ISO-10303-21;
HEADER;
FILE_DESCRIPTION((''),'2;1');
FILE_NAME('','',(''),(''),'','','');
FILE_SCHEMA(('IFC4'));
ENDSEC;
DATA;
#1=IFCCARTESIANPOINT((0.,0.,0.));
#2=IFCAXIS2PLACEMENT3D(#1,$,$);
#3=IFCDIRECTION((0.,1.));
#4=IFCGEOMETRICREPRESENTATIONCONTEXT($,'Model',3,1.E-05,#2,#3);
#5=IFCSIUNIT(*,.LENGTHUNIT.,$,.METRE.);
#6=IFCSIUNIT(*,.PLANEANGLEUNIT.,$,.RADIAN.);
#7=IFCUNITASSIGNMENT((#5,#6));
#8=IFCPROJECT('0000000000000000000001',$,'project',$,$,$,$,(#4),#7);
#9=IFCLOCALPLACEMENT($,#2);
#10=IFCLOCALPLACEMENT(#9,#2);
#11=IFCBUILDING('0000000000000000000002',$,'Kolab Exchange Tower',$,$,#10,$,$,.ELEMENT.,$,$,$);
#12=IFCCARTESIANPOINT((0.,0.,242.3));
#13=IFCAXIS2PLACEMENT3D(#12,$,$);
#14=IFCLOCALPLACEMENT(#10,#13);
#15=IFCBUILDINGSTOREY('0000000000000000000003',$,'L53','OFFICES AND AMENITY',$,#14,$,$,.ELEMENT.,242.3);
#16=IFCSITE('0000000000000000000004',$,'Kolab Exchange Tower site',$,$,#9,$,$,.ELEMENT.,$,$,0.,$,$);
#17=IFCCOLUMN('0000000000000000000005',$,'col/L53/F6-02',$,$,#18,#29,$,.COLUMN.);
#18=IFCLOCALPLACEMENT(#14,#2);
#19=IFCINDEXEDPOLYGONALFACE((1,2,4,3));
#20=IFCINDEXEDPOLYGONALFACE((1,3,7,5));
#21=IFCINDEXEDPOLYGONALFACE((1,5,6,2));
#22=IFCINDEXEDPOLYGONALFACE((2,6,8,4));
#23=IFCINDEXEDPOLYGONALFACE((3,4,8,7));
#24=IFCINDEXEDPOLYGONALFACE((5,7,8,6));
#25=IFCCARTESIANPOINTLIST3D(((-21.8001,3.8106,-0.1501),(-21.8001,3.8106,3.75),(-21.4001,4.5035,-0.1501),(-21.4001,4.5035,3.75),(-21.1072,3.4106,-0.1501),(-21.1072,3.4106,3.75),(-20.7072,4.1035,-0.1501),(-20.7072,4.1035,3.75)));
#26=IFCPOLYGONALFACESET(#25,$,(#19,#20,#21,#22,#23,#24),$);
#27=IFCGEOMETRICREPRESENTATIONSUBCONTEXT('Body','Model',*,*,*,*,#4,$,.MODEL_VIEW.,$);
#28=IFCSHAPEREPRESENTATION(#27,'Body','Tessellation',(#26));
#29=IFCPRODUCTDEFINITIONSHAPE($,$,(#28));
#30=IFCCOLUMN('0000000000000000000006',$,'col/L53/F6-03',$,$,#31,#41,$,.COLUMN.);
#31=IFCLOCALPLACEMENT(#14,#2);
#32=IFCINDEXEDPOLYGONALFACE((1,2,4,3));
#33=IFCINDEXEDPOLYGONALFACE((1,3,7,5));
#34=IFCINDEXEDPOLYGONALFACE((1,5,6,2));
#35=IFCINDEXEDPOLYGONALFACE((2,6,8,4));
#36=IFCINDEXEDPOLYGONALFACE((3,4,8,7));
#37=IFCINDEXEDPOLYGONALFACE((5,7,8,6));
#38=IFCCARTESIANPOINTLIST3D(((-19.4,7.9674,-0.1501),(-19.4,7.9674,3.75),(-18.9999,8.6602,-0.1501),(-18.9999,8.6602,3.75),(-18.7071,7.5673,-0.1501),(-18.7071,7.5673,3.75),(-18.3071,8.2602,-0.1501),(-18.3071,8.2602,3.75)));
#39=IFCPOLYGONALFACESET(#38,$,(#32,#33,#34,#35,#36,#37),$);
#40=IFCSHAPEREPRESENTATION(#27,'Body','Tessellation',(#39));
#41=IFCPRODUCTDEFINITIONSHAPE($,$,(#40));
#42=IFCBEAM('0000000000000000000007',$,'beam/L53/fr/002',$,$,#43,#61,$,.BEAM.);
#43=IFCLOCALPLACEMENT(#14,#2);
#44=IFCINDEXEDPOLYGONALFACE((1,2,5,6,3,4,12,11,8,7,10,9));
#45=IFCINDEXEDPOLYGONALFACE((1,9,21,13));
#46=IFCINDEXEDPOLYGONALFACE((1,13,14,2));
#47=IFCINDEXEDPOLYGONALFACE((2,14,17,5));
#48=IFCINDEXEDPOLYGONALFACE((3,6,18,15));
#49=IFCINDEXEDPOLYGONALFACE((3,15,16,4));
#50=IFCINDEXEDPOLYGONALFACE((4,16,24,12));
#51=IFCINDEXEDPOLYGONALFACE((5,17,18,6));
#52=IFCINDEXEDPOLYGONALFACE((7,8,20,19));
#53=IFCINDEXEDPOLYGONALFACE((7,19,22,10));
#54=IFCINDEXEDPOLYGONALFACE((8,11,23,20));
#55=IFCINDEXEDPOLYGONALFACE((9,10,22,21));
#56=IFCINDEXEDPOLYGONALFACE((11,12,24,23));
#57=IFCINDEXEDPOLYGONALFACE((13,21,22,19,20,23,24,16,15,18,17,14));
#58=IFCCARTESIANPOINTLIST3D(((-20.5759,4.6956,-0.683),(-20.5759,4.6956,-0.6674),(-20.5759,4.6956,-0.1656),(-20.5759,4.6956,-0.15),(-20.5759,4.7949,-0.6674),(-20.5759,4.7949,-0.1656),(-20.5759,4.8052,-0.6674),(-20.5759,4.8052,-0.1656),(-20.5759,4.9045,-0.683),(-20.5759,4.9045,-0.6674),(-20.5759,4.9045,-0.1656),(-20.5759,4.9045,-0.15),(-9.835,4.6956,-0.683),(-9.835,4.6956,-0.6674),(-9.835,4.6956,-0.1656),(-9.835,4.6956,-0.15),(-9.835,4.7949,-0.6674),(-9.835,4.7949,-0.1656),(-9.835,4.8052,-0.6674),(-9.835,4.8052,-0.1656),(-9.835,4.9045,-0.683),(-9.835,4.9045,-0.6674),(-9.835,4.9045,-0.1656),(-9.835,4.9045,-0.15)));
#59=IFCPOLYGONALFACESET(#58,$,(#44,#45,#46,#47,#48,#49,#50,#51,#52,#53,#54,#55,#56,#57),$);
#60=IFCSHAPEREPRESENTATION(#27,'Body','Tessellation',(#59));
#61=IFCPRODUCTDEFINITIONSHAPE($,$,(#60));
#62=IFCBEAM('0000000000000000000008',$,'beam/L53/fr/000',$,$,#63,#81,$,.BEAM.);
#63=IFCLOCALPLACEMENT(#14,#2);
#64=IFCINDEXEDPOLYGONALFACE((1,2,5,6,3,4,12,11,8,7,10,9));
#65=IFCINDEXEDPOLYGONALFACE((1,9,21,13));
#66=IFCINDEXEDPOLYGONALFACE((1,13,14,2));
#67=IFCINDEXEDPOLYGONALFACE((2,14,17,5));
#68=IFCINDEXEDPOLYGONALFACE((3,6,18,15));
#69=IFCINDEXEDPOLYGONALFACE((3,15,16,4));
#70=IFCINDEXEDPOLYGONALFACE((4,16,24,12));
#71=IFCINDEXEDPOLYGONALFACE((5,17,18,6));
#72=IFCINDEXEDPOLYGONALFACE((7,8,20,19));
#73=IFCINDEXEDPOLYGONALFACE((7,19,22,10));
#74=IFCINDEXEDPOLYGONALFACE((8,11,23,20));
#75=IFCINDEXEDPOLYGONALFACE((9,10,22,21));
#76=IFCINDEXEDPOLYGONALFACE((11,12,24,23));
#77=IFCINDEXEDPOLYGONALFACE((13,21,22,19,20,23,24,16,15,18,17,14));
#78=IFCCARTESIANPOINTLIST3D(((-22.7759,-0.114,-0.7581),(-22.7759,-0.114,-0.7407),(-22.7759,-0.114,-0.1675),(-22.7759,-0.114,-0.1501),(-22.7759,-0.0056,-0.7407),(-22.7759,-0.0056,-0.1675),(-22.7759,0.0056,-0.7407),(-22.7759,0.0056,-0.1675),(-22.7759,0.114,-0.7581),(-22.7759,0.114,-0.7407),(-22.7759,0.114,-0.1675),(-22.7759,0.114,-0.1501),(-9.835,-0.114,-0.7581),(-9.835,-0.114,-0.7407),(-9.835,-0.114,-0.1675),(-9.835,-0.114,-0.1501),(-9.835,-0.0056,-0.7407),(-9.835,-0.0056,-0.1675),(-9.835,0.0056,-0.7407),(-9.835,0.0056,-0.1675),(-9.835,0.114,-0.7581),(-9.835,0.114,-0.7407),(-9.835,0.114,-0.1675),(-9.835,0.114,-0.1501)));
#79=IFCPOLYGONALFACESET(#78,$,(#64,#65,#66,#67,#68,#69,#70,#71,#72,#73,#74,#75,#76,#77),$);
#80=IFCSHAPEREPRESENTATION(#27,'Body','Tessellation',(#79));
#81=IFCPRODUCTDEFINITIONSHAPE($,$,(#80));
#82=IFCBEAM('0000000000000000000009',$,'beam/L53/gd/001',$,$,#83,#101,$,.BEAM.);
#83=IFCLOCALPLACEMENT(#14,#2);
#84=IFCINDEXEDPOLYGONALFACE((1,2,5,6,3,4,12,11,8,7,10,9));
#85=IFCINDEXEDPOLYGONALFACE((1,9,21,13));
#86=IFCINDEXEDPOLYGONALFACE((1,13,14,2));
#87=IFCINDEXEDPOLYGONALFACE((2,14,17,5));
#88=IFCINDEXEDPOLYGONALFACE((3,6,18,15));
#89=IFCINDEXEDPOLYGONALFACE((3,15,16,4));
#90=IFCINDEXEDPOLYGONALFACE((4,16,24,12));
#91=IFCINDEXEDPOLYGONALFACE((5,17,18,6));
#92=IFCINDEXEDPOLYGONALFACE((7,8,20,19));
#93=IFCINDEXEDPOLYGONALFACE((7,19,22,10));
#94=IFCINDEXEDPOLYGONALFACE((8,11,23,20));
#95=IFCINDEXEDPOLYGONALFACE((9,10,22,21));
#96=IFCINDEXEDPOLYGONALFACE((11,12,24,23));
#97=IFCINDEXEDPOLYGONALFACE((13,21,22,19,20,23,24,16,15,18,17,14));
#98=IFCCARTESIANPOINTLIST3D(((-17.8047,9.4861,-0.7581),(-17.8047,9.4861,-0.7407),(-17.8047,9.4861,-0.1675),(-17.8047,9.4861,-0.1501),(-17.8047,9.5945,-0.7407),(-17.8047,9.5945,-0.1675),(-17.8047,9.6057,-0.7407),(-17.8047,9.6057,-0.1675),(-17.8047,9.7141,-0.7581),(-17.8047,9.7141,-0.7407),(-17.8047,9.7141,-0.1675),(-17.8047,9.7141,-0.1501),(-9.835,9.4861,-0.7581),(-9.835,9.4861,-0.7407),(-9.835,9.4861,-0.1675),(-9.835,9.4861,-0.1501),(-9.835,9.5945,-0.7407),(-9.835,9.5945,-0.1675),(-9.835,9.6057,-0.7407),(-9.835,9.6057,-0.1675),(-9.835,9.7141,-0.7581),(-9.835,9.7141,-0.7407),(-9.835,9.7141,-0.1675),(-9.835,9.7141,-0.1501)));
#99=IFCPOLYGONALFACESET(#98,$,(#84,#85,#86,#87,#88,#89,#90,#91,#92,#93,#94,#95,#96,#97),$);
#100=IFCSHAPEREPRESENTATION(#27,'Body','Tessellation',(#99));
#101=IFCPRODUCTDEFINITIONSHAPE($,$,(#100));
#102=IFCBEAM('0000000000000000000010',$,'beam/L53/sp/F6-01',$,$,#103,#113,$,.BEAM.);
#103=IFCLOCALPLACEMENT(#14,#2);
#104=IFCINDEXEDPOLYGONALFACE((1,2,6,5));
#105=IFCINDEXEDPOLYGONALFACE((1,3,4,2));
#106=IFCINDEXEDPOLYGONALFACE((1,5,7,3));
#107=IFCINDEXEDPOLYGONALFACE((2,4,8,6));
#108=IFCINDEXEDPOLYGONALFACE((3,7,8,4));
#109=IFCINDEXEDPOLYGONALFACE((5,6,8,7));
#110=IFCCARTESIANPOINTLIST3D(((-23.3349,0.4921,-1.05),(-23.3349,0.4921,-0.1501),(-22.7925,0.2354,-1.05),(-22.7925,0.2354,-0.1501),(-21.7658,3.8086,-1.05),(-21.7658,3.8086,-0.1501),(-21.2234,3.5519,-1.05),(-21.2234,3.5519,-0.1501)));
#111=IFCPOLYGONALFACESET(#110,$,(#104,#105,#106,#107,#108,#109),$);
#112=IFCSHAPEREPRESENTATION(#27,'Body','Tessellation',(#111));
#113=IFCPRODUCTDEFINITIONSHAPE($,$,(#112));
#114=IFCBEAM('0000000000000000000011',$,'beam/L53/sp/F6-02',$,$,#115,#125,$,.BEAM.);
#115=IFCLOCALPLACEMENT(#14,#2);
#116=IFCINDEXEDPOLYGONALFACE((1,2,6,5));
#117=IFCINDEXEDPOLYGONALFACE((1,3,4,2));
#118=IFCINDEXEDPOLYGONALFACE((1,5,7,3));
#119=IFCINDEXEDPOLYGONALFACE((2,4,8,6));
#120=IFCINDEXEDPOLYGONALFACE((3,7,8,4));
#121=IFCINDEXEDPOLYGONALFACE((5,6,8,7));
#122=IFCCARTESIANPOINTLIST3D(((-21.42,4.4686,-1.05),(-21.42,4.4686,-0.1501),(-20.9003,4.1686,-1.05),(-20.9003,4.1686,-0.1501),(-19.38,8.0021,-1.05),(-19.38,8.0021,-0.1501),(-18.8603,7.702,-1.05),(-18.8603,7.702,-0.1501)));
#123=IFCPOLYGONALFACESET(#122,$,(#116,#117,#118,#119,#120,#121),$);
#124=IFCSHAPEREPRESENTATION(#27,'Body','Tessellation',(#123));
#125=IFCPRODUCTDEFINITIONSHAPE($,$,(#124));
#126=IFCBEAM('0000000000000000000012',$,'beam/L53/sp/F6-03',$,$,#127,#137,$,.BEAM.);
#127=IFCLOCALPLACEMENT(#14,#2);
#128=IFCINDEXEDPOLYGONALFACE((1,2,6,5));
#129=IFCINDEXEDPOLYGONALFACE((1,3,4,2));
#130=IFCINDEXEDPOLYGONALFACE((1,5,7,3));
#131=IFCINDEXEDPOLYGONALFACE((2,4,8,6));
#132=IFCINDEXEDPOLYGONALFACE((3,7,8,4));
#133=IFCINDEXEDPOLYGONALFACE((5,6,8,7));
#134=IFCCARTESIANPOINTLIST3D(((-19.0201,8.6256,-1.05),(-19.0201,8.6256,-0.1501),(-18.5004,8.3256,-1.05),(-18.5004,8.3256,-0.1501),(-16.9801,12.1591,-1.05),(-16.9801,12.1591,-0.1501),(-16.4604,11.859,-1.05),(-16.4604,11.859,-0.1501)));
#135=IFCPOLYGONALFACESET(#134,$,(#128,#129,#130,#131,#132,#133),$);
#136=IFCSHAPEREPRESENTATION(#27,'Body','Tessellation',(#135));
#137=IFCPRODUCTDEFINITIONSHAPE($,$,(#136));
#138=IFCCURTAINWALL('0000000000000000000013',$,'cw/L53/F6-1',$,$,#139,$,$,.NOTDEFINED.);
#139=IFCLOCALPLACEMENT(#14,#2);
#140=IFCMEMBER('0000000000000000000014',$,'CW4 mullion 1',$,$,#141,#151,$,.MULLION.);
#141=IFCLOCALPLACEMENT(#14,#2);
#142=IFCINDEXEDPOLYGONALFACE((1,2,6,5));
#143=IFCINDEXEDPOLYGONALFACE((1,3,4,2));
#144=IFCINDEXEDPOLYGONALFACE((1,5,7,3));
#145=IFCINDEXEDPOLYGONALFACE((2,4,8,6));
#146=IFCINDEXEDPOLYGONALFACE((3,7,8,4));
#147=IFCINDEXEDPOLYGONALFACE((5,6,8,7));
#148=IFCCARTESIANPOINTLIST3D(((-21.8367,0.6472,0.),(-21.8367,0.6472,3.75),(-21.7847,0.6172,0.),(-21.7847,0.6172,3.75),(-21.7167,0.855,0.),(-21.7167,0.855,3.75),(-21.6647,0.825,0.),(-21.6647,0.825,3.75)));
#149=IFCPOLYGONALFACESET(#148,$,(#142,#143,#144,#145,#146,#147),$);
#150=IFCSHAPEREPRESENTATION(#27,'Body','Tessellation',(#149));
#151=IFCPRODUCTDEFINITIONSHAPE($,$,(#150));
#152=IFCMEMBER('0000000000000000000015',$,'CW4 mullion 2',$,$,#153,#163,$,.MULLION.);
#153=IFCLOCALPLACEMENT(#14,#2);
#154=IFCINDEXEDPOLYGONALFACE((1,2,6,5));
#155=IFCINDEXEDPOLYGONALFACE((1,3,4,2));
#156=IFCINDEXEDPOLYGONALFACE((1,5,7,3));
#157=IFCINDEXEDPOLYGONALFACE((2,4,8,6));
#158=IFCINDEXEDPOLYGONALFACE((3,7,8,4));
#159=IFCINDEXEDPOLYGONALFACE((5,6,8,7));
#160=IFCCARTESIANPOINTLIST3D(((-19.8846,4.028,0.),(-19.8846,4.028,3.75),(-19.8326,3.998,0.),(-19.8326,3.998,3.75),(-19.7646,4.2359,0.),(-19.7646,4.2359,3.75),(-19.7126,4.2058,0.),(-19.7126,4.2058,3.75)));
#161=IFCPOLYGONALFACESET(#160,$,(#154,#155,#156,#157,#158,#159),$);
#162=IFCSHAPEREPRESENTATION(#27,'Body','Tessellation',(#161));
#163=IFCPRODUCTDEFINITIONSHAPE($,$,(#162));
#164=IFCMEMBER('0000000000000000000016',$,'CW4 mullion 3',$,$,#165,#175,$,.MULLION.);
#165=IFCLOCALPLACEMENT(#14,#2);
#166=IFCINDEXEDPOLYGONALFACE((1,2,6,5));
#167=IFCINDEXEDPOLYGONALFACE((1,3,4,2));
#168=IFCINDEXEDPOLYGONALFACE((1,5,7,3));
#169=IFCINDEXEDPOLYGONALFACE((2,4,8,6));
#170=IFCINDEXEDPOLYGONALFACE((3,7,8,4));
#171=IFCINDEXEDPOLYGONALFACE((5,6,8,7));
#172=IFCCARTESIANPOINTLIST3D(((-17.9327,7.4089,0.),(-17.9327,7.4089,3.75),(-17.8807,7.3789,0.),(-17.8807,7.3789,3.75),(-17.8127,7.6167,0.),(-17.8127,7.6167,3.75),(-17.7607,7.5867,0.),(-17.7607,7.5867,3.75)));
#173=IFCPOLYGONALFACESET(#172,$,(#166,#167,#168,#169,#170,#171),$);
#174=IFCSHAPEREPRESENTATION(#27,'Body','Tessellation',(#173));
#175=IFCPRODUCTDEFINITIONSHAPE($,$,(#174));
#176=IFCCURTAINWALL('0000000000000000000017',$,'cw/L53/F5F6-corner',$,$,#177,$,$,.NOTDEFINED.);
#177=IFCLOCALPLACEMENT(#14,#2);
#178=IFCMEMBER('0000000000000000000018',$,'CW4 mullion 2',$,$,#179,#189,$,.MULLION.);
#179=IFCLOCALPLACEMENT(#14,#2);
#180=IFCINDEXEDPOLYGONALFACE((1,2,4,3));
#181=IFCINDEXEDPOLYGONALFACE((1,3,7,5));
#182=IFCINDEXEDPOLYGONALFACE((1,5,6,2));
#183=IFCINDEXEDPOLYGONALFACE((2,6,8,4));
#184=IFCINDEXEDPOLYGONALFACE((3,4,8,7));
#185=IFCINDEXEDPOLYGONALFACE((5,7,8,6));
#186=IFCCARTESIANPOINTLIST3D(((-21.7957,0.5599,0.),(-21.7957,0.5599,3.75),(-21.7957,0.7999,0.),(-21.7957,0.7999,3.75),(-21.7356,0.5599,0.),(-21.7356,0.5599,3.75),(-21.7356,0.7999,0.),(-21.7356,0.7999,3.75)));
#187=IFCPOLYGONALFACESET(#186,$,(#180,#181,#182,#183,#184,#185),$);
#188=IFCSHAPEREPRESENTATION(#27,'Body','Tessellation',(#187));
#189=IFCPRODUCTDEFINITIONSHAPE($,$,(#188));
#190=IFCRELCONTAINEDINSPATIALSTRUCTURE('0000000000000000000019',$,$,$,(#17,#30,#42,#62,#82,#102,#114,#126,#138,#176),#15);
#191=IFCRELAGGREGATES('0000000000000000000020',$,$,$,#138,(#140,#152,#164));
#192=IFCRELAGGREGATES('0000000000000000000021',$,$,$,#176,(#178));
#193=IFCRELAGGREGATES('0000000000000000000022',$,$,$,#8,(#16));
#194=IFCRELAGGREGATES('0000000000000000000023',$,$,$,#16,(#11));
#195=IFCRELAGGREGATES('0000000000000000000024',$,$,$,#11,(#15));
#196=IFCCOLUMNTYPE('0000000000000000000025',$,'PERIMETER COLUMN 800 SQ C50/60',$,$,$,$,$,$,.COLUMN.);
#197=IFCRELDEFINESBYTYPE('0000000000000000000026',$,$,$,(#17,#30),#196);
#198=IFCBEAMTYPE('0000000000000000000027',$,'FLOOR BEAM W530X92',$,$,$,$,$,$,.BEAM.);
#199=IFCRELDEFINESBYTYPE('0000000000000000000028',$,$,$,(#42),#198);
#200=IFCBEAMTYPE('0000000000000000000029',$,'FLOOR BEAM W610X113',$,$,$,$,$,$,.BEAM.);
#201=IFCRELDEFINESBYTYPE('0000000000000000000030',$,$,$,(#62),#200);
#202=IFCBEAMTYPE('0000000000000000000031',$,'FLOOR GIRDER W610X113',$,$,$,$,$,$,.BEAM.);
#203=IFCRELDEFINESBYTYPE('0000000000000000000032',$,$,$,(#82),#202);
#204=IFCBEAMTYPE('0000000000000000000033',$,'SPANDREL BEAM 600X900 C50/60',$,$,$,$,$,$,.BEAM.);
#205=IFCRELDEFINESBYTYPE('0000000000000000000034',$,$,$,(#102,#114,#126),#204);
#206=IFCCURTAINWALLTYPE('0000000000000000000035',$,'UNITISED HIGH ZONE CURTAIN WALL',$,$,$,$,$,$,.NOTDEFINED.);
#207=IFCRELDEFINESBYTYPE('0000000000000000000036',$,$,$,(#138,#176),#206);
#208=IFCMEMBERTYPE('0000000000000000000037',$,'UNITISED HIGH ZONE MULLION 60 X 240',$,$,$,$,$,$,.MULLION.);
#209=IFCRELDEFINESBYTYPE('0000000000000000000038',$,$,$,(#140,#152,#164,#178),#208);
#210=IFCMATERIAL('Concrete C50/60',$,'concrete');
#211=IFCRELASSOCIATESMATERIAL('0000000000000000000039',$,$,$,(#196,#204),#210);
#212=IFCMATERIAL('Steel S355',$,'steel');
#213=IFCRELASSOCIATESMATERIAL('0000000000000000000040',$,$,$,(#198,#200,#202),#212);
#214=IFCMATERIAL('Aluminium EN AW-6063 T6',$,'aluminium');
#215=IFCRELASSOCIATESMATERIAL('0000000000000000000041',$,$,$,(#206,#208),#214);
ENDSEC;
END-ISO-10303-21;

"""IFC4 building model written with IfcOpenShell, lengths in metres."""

from ifc_helpers import new_model, si_unit, direction, frame, origin, origin_2d, place, context, subcontext, project, spatial, rectangle, i_section, extrude, material, material_profile, profile_set, type_object, element, aggregate, save


model = new_model("IFC4")

# Units and contexts
model_context = context("Model", 3, precision=1e-05, world=origin(), true_north=direction((0.0, 1.0)))
body_context = subcontext(model_context, "Body", "Model", "MODEL_VIEW")
ifc_project = project(units=[si_unit("LENGTHUNIT", "METRE"), si_unit("PLANEANGLEUNIT", "RADIAN")], contexts=[model_context])

# Site, building, storey
site_placement = place(None, origin())
site = spatial("IfcSite", under=ifc_project, at=site_placement, Name="Kolab Exchange Tower site", CompositionType="ELEMENT", RefElevation=0.0)
building_placement = place(site_placement, origin())
building = spatial("IfcBuilding", under=site, at=building_placement, Name="Kolab Exchange Tower", CompositionType="ELEMENT")
storey_placement = place(building_placement, frame((0.0, 0.0, 242.3)))
storey = spatial("IfcBuildingStorey", under=building, at=storey_placement, Name="L53", Description="OFFICES AND AMENITY", CompositionType="ELEMENT", Elevation=242.3)

# Columns
ifc_material_1 = material(Name="Concrete C50/60", Category="concrete")
ifc_material_profile_1 = material_profile(ifc_material_1, rectangle(XDim=0.8, YDim=0.8, at=origin_2d()), Name="RC800")
ifc_profile_set_1 = profile_set([ifc_material_profile_1], Name="Concrete C50/60")
column_type = type_object("IfcColumnType", Name="PERIMETER COLUMN 800 SQ C50/60", PredefinedType="COLUMN", material=ifc_profile_set_1)
for number, where, z_axis, x_axis, name in (
    (1, (-21.2537, 3.957, -0.1501), (0.0, 0.0, 1.0), (0.5, 0.866025, 0.0), "col/L53/F6-02"),
    (2, (-18.8535, 8.1138, -0.1501), (0.0, 0.0, 1.0), (0.5, 0.866025, 0.0), "col/L53/F6-03"),
):
    element("IfcColumn", number, at=place(storey_placement, frame(where, z_axis=z_axis, x_axis=x_axis)), inside=storey, type_object=column_type, Name=name, PredefinedType="COLUMN", context=body_context, shape_type="SweptSolid", body=[
        extrude(rectangle(XDim=0.8, YDim=0.8, at=origin_2d()), origin(), (0.0, 0.0, 1.0), 3.9001),
    ])

# Beams
ifc_material_2 = material(Name="Steel S355", Category="steel")
ifc_material_profile_2 = material_profile(ifc_material_2, i_section(OverallWidth=0.209, OverallDepth=0.533, WebThickness=0.0103, FlangeThickness=0.0156, at=origin_2d()), Name="W530X92")
ifc_profile_set_2 = profile_set([ifc_material_profile_2], Name="Steel S355")
beam_type_1 = type_object("IfcBeamType", Name="FLOOR BEAM W530X92", PredefinedType="BEAM", material=ifc_profile_set_2)
beam_1_placement = place(storey_placement, frame((-20.5759, 4.8, -0.4165), z_axis=(1.0, 0.0, 0.0), x_axis=(0.0, 1.0, 0.0)))
element("IfcBeam", 3, at=beam_1_placement, inside=storey, type_object=beam_type_1, Name="beam/L53/fr/002", PredefinedType="BEAM", context=body_context, shape_type="SweptSolid", body=[
    extrude(i_section(OverallWidth=0.209, OverallDepth=0.533, WebThickness=0.0103, FlangeThickness=0.0156, at=origin_2d()), origin(), (0.0, 0.0, 1.0), 10.741),
])
ifc_material_profile_3 = material_profile(ifc_material_2, i_section(OverallWidth=0.228, OverallDepth=0.6079, WebThickness=0.0112, FlangeThickness=0.0173, at=origin_2d()), Name="W610X113")
ifc_profile_set_3 = profile_set([ifc_material_profile_3], Name="Steel S355")
beam_type_2 = type_object("IfcBeamType", Name="FLOOR BEAM W610X113", PredefinedType="BEAM", material=ifc_profile_set_3)
beam_2_placement = place(storey_placement, frame((-22.7759, 0.0, -0.4541), z_axis=(1.0, 0.0, 0.0), x_axis=(0.0, 1.0, 0.0)))
element("IfcBeam", 4, at=beam_2_placement, inside=storey, type_object=beam_type_2, Name="beam/L53/fr/000", PredefinedType="BEAM", context=body_context, shape_type="SweptSolid", body=[
    extrude(i_section(OverallWidth=0.228, OverallDepth=0.6079, WebThickness=0.0112, FlangeThickness=0.0173, at=origin_2d()), origin(), (0.0, 0.0, 1.0), 12.9409),
])
ifc_material_profile_4 = material_profile(ifc_material_2, i_section(OverallWidth=0.228, OverallDepth=0.6079, WebThickness=0.0112, FlangeThickness=0.0173, at=origin_2d()), Name="W610X113")
ifc_profile_set_4 = profile_set([ifc_material_profile_4], Name="Steel S355")
beam_type_3 = type_object("IfcBeamType", Name="FLOOR GIRDER W610X113", PredefinedType="BEAM", material=ifc_profile_set_4)
beam_3_placement = place(storey_placement, frame((-17.8047, 9.6001, -0.4541), z_axis=(1.0, 0.0, 0.0), x_axis=(0.0, 1.0, 0.0)))
element("IfcBeam", 5, at=beam_3_placement, inside=storey, type_object=beam_type_3, Name="beam/L53/gd/001", PredefinedType="BEAM", context=body_context, shape_type="SweptSolid", body=[
    extrude(i_section(OverallWidth=0.228, OverallDepth=0.6079, WebThickness=0.0112, FlangeThickness=0.0173, at=origin_2d()), origin(), (0.0, 0.0, 1.0), 7.9697),
])
ifc_material_profile_5 = material_profile(ifc_material_1, rectangle(XDim=0.6001, YDim=0.8999, at=origin_2d()), Name="RC600X900")
ifc_profile_set_5 = profile_set([ifc_material_profile_5], Name="Concrete C50/60")
beam_type_4 = type_object("IfcBeamType", Name="SPANDREL BEAM 600X900 C50/60", PredefinedType="BEAM", material=ifc_profile_set_5)
beam_4_placement = place(storey_placement, frame((-23.0637, 0.3638, -0.6001), z_axis=(0.427677, 0.903932, 0.0), x_axis=(-0.903932, 0.427677, 0.0)))
element("IfcBeam", 6, at=beam_4_placement, inside=storey, type_object=beam_type_4, Name="beam/L53/sp/F6-01", PredefinedType="BEAM", context=body_context, shape_type="SweptSolid", body=[
    extrude(rectangle(XDim=0.6001, YDim=0.8999, at=origin_2d()), origin(), (0.0, 0.0, 1.0), 3.6689),
])
for number, where, z_axis, x_axis, name in (
    (7, (-21.1602, 4.3186, -0.6001), (0.5, 0.866025, 0.0), (-0.866025, 0.5, 0.0), "beam/L53/sp/F6-02"),
    (8, (-18.7603, 8.4756, -0.6001), (0.5, 0.866025, 0.0), (-0.866025, 0.5, 0.0), "beam/L53/sp/F6-03"),
):
    element("IfcBeam", number, at=place(storey_placement, frame(where, z_axis=z_axis, x_axis=x_axis)), inside=storey, type_object=beam_type_4, Name=name, PredefinedType="BEAM", context=body_context, shape_type="SweptSolid", body=[
        extrude(rectangle(XDim=0.6001, YDim=0.8999, at=origin_2d()), origin(), (0.0, 0.0, 1.0), 4.0801),
    ])

# Curtain wall, members
ifc_material_3 = material(Name="Aluminium EN AW-6063 T6", Category="aluminium")
curtain_wall_type = type_object("IfcCurtainWallType", Name="UNITISED HIGH ZONE CURTAIN WALL", PredefinedType="NOTDEFINED", material=ifc_material_3)
curtain_wall_1_placement = place(storey_placement, origin())
curtain_wall_1 = element("IfcCurtainWall", 9, at=curtain_wall_1_placement, inside=storey, type_object=curtain_wall_type, Name="cw/L53/F6-1", PredefinedType="NOTDEFINED")
ifc_material_profile_6 = material_profile(ifc_material_3, rectangle(XDim=0.0601, YDim=0.24, at=origin_2d()), Name="RECT 60X240")
ifc_profile_set_6 = profile_set([ifc_material_profile_6], Name="Aluminium EN AW-6063 T6")
member_type_1 = type_object("IfcMemberType", Name="UNITISED HIGH ZONE MULLION 60 X 240", PredefinedType="MULLION", material=ifc_profile_set_6)
member_1_placement = place(storey_placement, frame((-21.7507, 0.7361, 0.0), z_axis=(0.0, 0.0, 1.0), x_axis=(-0.866025, 0.5, 0.0)))
member_1 = element("IfcMember", 10, at=member_1_placement, type_object=member_type_1, Name="CW4 mullion 1", PredefinedType="MULLION", context=body_context, shape_type="SweptSolid", body=[
    extrude(rectangle(XDim=0.0601, YDim=0.24, at=origin_2d()), origin(), (0.0, 0.0, 1.0), 3.75),
])
member_2_placement = place(storey_placement, frame((-19.7986, 4.1169, 0.0), z_axis=(0.0, 0.0, 1.0), x_axis=(-0.866025, 0.5, 0.0)))
member_2 = element("IfcMember", 11, at=member_2_placement, type_object=member_type_1, Name="CW4 mullion 2", PredefinedType="MULLION", context=body_context, shape_type="SweptSolid", body=[
    extrude(rectangle(XDim=0.0601, YDim=0.24, at=origin_2d()), origin(), (0.0, 0.0, 1.0), 3.75),
])
member_3_placement = place(storey_placement, frame((-17.8467, 7.4978, 0.0), z_axis=(0.0, 0.0, 1.0), x_axis=(-0.866025, 0.5, 0.0)))
member_3 = element("IfcMember", 12, at=member_3_placement, type_object=member_type_1, Name="CW4 mullion 3", PredefinedType="MULLION", context=body_context, shape_type="SweptSolid", body=[
    extrude(rectangle(XDim=0.0601, YDim=0.24, at=origin_2d()), origin(), (0.0, 0.0, 1.0), 3.75),
])

# Curtain wall, member
curtain_wall_2_placement = place(storey_placement, origin())
curtain_wall_2 = element("IfcCurtainWall", 13, at=curtain_wall_2_placement, inside=storey, type_object=curtain_wall_type, Name="cw/L53/F5F6-corner", PredefinedType="NOTDEFINED")
member_4_placement = place(storey_placement, frame((-21.7656, 0.6799, 0.0), z_axis=(0.0, 0.0, 1.0), x_axis=(-1.0, 0.0, 0.0)))
member_4 = element("IfcMember", 14, at=member_4_placement, type_object=member_type_1, Name="CW4 mullion 2", PredefinedType="MULLION", context=body_context, shape_type="SweptSolid", body=[
    extrude(rectangle(XDim=0.0601, YDim=0.24, at=origin_2d()), origin(), (0.0, 0.0, 1.0), 3.75),
])

aggregate(curtain_wall_1, [member_1, member_2, member_3])
aggregate(curtain_wall_2, [member_4])

save(model, "model.ifc")
